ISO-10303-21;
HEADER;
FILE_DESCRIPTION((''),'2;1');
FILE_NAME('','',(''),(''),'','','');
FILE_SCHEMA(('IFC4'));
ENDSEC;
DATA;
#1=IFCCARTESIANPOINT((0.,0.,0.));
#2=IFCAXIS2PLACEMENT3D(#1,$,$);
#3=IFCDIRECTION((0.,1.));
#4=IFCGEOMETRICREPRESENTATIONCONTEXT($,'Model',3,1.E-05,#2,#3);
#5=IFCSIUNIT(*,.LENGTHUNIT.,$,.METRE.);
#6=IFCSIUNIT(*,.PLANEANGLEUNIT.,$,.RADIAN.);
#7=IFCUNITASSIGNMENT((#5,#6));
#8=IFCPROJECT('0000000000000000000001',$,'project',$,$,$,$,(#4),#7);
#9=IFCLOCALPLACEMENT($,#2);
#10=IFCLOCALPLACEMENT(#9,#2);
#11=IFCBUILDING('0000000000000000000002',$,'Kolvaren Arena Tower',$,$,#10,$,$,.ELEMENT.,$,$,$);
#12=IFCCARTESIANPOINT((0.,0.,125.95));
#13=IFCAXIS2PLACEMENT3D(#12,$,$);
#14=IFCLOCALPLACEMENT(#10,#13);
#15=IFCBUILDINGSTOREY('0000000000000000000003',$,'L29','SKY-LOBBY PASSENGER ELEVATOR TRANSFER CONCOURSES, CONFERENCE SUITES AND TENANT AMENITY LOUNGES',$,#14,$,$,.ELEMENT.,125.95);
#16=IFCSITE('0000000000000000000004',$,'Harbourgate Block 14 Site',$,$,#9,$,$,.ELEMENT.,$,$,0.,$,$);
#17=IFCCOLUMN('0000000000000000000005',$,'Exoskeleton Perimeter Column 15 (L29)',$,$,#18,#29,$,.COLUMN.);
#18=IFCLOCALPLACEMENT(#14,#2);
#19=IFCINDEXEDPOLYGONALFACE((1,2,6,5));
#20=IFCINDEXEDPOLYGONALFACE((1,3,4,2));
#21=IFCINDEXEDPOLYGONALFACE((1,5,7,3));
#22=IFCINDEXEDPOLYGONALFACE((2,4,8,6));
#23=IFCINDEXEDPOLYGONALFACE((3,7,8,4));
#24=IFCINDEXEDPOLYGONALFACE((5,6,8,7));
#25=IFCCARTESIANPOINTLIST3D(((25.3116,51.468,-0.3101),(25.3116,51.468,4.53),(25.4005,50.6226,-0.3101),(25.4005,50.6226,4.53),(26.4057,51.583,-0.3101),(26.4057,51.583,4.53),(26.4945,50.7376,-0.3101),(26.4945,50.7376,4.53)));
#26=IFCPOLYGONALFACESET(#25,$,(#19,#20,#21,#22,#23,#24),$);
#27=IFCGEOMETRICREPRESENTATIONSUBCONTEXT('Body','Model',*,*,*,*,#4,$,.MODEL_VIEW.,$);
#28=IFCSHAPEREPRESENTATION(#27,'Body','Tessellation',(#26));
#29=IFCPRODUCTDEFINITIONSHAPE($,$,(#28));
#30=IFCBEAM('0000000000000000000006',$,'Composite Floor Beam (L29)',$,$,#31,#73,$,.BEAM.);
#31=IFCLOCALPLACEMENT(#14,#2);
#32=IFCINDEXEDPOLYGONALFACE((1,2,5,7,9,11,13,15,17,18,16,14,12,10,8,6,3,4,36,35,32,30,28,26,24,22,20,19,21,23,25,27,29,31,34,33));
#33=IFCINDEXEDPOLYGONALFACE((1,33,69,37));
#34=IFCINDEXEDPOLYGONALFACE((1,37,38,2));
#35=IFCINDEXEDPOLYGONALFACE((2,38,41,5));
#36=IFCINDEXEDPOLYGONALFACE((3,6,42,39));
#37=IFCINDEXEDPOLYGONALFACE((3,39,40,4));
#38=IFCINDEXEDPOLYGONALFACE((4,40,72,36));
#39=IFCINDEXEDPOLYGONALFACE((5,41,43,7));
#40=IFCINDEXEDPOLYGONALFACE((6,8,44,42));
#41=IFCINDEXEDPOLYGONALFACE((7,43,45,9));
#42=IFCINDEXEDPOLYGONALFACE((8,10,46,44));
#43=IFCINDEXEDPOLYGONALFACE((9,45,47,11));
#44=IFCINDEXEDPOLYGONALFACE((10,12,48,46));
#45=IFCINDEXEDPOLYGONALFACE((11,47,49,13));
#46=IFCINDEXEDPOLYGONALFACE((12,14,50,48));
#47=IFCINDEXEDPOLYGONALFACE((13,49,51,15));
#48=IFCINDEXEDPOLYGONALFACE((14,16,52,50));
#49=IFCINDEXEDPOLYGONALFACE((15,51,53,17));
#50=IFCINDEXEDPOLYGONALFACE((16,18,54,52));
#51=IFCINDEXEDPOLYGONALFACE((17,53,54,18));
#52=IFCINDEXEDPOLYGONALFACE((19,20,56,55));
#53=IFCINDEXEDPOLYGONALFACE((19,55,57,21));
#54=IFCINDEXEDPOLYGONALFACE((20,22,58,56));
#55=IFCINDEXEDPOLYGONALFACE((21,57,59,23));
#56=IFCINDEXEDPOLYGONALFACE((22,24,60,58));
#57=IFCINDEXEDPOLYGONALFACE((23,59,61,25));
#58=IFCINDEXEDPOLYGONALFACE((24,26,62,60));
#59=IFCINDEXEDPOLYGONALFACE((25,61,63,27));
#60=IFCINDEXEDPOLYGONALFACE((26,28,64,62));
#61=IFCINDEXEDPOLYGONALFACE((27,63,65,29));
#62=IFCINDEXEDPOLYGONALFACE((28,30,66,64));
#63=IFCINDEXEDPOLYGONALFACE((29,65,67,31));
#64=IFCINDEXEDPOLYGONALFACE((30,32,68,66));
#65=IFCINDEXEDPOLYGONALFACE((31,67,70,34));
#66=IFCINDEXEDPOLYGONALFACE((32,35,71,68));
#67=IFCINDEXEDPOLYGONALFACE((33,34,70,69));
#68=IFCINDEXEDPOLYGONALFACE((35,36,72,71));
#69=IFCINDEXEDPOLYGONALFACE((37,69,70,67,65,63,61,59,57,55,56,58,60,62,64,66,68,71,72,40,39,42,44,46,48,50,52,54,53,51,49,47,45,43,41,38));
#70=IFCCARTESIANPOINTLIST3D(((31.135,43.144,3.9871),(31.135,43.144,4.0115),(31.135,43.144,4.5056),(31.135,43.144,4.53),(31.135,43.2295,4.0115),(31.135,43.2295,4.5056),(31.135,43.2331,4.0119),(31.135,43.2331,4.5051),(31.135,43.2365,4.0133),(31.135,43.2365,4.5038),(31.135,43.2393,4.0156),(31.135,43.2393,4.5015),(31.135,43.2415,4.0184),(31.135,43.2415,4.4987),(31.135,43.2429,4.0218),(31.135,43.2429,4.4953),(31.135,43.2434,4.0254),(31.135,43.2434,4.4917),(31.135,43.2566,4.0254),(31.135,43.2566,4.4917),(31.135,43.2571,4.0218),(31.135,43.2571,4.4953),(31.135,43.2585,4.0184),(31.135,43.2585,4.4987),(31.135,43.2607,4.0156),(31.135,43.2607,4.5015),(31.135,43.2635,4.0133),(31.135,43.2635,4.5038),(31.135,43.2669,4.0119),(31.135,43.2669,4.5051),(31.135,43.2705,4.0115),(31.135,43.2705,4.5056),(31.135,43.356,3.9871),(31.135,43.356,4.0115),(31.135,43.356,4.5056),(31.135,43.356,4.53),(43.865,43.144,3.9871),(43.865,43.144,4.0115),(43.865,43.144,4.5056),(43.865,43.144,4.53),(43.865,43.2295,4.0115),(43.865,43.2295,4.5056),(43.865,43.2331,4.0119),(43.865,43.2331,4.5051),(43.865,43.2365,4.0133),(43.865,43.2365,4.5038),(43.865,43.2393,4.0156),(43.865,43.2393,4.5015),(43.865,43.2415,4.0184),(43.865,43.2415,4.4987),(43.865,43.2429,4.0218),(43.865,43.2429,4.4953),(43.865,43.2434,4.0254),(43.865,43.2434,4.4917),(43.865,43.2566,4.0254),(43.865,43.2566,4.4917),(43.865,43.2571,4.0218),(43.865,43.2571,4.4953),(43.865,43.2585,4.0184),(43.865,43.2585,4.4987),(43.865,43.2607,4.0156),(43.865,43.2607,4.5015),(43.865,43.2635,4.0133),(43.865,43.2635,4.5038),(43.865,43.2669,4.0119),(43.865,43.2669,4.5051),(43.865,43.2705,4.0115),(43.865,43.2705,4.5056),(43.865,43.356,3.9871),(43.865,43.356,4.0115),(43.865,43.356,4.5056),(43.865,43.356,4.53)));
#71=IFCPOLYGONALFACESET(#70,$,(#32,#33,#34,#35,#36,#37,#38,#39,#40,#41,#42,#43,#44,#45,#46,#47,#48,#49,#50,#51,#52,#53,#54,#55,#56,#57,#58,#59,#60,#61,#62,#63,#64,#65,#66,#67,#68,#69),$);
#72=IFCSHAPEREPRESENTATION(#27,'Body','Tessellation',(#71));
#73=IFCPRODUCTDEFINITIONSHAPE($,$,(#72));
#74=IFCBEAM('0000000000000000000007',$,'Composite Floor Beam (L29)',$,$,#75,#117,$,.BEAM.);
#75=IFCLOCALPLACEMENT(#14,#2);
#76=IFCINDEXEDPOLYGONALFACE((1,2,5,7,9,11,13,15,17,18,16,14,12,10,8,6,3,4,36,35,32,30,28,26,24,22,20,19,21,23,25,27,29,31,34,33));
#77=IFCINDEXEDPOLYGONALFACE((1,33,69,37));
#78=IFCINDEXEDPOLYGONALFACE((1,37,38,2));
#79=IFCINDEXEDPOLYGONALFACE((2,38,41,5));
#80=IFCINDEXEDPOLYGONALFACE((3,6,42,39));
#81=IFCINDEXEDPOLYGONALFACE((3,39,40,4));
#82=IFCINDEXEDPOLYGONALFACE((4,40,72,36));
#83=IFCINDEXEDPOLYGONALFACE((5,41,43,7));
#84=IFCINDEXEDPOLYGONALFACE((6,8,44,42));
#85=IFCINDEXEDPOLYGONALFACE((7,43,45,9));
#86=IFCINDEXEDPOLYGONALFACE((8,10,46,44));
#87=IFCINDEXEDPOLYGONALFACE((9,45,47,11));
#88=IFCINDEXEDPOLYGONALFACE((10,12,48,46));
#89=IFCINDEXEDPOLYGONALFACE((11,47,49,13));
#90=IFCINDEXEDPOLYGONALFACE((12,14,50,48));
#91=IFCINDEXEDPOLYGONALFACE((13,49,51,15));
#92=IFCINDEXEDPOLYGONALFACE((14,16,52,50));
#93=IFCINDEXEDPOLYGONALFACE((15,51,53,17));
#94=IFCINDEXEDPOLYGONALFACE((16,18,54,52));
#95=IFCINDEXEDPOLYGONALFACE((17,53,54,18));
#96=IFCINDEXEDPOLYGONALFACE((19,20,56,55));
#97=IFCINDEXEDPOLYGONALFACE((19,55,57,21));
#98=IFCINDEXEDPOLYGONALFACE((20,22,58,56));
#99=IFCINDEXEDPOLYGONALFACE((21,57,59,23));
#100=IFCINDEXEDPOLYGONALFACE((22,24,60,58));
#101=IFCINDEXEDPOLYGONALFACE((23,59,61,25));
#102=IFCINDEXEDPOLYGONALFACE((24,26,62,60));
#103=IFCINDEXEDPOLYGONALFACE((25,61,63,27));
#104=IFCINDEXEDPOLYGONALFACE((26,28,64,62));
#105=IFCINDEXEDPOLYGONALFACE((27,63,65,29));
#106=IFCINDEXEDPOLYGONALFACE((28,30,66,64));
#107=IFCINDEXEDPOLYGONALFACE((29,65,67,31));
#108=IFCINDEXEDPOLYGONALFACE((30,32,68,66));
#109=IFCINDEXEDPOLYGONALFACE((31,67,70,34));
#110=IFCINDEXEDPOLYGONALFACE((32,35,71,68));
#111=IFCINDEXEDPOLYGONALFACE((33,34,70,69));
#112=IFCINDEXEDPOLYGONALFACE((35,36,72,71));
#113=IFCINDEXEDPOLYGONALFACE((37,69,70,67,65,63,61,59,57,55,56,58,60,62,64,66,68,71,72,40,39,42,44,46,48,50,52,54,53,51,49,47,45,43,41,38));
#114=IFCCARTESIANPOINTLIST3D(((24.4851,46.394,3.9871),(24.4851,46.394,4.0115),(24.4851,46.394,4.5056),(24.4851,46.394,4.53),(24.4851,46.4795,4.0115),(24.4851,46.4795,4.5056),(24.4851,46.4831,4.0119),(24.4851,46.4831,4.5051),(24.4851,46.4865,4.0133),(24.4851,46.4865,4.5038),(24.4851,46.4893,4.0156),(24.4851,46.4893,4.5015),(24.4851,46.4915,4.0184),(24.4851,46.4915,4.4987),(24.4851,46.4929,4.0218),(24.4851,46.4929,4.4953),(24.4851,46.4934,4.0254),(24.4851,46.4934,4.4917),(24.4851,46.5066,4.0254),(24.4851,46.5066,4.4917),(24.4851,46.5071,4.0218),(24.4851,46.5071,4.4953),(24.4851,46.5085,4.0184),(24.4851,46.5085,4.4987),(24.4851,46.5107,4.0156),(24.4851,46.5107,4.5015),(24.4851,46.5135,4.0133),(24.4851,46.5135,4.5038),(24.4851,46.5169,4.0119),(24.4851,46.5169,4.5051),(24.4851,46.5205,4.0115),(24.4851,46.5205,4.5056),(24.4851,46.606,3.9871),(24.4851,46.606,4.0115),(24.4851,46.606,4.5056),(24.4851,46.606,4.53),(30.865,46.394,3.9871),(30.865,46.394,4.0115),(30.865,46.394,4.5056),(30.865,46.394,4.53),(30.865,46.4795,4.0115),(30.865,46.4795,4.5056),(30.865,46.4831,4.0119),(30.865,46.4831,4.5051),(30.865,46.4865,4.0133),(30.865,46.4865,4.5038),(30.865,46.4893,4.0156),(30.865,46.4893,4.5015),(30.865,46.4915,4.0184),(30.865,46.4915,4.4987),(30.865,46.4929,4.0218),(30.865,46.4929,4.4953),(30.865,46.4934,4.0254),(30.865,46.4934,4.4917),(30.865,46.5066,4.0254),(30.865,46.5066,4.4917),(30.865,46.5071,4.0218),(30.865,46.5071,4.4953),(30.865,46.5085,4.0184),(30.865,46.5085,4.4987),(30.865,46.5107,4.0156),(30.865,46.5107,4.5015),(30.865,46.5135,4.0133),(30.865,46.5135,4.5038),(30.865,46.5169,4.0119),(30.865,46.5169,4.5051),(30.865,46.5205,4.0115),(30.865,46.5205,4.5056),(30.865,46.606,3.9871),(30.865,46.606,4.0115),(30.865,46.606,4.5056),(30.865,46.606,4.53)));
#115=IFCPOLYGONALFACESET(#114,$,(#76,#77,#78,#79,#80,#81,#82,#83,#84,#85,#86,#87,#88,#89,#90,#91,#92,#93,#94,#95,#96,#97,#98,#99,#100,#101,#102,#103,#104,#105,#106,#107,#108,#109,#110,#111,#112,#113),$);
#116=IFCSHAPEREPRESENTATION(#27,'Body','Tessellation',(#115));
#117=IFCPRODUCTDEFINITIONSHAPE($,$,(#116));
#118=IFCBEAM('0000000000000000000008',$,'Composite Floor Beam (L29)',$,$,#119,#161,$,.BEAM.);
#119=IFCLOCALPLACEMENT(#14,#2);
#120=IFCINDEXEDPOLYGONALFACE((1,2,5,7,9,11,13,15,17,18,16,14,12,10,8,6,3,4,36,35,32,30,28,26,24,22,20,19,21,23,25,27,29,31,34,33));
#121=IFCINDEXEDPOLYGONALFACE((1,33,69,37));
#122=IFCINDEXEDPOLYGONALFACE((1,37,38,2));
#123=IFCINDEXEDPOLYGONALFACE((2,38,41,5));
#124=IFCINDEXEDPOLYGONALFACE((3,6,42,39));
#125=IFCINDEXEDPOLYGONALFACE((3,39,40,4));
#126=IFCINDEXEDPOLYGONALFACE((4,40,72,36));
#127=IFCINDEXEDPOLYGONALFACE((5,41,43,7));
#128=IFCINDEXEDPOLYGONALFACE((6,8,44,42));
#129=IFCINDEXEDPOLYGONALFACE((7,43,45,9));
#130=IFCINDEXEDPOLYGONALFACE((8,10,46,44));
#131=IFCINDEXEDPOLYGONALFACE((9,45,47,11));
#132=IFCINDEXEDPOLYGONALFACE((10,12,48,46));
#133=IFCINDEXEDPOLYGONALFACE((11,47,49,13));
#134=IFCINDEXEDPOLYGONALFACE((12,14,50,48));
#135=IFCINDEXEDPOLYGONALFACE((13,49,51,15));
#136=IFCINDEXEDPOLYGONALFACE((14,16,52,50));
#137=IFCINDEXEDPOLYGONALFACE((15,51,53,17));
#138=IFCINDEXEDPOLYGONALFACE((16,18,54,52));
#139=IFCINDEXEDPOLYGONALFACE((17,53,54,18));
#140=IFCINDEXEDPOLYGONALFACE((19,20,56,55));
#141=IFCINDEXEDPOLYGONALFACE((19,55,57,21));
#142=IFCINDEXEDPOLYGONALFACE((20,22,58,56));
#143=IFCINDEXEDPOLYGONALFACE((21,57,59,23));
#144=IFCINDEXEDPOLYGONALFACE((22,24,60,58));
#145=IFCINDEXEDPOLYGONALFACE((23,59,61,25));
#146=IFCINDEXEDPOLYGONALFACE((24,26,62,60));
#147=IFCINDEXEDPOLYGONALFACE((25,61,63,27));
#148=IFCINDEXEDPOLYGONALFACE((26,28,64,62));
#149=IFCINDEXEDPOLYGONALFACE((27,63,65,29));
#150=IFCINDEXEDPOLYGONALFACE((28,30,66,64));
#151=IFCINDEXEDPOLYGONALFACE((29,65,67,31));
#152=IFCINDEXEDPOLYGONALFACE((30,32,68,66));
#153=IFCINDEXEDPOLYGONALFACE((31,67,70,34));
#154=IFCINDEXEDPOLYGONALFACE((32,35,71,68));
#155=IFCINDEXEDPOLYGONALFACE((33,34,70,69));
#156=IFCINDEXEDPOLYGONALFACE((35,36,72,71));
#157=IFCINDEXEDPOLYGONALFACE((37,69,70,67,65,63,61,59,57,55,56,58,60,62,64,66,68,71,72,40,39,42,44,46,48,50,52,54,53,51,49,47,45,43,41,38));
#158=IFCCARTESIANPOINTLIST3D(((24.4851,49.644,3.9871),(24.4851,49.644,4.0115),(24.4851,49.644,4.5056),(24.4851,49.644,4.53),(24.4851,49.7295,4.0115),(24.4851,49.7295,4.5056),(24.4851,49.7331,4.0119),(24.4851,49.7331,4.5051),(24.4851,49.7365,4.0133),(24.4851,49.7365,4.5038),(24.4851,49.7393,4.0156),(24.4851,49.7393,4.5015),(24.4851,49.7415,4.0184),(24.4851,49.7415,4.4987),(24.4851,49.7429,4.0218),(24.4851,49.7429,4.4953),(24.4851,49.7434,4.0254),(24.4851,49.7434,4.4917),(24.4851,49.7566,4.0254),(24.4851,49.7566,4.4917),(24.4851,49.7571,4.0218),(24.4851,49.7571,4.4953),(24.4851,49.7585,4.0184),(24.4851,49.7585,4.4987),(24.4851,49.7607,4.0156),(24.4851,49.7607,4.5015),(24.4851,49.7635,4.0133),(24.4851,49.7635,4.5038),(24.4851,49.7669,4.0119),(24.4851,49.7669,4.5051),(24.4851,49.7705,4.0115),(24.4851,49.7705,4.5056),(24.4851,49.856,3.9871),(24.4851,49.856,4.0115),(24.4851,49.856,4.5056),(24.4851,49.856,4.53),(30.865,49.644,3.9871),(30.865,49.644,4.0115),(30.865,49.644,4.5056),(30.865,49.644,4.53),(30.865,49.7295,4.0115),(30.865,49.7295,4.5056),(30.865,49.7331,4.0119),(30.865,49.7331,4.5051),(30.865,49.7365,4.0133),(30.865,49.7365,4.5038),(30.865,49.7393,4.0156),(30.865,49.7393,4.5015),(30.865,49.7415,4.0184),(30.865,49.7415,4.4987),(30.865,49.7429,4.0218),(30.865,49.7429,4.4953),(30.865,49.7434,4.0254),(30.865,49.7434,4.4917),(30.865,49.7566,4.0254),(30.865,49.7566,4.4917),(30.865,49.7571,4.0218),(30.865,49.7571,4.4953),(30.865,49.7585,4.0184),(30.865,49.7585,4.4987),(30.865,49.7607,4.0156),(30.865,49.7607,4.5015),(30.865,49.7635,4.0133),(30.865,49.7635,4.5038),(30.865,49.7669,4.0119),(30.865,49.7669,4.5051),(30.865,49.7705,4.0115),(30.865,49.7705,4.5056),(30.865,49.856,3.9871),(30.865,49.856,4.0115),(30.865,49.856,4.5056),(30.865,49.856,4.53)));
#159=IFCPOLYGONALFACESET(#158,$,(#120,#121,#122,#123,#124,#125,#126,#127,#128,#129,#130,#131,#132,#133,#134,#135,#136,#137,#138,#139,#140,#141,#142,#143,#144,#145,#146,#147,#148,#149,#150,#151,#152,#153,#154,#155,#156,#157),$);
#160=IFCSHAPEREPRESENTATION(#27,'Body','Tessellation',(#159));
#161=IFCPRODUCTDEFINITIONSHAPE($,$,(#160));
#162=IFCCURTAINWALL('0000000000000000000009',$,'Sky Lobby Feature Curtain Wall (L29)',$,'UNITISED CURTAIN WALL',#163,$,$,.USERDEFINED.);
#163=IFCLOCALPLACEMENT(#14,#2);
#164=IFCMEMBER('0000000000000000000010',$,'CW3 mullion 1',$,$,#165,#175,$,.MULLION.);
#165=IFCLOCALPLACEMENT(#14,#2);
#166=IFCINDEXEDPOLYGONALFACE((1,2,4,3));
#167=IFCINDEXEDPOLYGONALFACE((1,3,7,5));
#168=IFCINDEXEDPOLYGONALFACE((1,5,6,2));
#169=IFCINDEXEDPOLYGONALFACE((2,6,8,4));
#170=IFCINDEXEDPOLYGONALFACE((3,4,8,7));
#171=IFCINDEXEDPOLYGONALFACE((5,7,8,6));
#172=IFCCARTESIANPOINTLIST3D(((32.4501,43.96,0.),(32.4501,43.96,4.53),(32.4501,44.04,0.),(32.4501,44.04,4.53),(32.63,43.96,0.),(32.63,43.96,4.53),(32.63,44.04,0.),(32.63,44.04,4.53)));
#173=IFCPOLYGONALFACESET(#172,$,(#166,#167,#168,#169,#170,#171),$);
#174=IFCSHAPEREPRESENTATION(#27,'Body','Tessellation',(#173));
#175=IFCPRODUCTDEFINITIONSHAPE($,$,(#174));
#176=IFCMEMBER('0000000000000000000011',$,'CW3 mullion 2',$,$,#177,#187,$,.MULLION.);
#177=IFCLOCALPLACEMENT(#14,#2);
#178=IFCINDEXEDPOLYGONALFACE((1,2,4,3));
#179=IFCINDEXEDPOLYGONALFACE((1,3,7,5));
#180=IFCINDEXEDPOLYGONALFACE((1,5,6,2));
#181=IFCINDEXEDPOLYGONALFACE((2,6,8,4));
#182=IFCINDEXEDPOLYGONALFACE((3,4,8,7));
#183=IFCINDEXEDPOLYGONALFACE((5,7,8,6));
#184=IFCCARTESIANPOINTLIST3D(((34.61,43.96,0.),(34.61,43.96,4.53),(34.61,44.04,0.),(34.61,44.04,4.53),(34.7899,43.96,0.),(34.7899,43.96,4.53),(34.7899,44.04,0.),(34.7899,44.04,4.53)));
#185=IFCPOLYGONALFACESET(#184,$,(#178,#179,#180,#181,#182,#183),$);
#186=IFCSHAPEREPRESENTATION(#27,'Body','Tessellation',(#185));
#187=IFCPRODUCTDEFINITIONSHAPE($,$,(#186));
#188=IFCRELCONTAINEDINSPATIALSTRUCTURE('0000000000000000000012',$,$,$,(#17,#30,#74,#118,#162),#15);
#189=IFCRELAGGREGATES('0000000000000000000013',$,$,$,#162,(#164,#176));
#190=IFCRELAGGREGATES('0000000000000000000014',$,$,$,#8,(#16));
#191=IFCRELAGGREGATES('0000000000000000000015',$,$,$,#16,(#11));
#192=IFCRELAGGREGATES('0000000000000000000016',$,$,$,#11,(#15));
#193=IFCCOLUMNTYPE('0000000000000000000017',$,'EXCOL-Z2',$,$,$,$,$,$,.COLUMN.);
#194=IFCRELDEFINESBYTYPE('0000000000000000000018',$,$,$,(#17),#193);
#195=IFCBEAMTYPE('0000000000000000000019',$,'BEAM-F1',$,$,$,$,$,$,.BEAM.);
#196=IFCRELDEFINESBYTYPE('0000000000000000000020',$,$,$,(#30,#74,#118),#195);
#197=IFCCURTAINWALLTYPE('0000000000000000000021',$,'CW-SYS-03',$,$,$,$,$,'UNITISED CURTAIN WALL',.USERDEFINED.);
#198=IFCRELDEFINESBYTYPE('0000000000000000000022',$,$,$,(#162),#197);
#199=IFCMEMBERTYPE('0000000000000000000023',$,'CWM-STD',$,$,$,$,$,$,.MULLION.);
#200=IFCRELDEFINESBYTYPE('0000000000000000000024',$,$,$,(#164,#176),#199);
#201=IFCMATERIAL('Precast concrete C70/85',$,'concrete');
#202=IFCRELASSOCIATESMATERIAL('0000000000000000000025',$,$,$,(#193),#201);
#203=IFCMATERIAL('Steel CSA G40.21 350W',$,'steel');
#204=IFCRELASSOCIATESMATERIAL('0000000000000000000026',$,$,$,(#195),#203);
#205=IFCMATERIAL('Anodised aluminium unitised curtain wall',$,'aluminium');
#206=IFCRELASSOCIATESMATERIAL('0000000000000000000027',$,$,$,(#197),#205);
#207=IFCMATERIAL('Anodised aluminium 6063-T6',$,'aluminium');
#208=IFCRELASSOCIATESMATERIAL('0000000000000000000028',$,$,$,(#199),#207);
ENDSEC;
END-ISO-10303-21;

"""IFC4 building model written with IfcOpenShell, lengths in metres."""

from ifc_helpers import new_model, si_unit, direction, frame, origin, origin_2d, place, context, subcontext, project, spatial, rectangle, i_section, extrude, material, material_profile, profile_set, type_object, element, aggregate, save


model = new_model("IFC4")

# Units and contexts
model_context = context("Model", 3, precision=1e-05, world=origin(), true_north=direction((0.0, 1.0)))
body_context = subcontext(model_context, "Body", "Model", "MODEL_VIEW")
ifc_project = project(units=[si_unit("LENGTHUNIT", "METRE"), si_unit("PLANEANGLEUNIT", "RADIAN")], contexts=[model_context])

# Site, building, storey
site_placement = place(None, origin())
site = spatial("IfcSite", under=ifc_project, at=site_placement, Name="Harbourgate Block 14 Site", CompositionType="ELEMENT", RefElevation=0.0)
building_placement = place(site_placement, origin())
building = spatial("IfcBuilding", under=site, at=building_placement, Name="Kolvaren Arena Tower", CompositionType="ELEMENT")
storey_placement = place(building_placement, frame((0.0, 0.0, 125.95)))
storey = spatial("IfcBuildingStorey", under=building, at=storey_placement, Name="L29", Description="SKY-LOBBY PASSENGER ELEVATOR TRANSFER CONCOURSES, CONFERENCE SUITES AND TENANT AMENITY LOUNGES", CompositionType="ELEMENT", Elevation=125.95)

# Column
ifc_material_1 = material(Name="Precast concrete C70/85", Category="concrete")
ifc_material_profile_1 = material_profile(ifc_material_1, rectangle(XDim=1.1001, YDim=0.8501, at=origin_2d()), Name="RC-1100x850")
ifc_profile_set_1 = profile_set([ifc_material_profile_1], Name="Precast concrete C70/85")
column_type = type_object("IfcColumnType", Name="EXCOL-Z2", PredefinedType="COLUMN", material=ifc_profile_set_1)
column_placement = place(storey_placement, frame((25.9031, 51.1028, -0.3101), z_axis=(0.0, 0.0, 1.0), x_axis=(0.994522, 0.104528, 0.0)))
element("IfcColumn", 1, at=column_placement, inside=storey, type_object=column_type, Name="Exoskeleton Perimeter Column 15 (L29)", PredefinedType="COLUMN", context=body_context, shape_type="SweptSolid", body=[
    extrude(rectangle(XDim=1.1001, YDim=0.8501, at=origin_2d()), origin(), (0.0, 0.0, 1.0), 4.8401),
])

# Beams
ifc_material_2 = material(Name="Steel CSA G40.21 350W", Category="steel")
ifc_material_profile_2 = material_profile(ifc_material_2, i_section(OverallWidth=0.2119, OverallDepth=0.543, WebThickness=0.0132, FlangeThickness=0.0244, FilletRadius=0.0139, at=origin_2d()), Name="W530x150")
ifc_profile_set_2 = profile_set([ifc_material_profile_2], Name="Steel CSA G40.21 350W")
beam_type_1 = type_object("IfcBeamType", Name="BEAM-F1", PredefinedType="BEAM", material=ifc_profile_set_2)
beam_1_placement = place(storey_placement, frame((31.135, 43.25, 4.2585), z_axis=(1.0, 0.0, 0.0), x_axis=(0.0, 1.0, 0.0)))
element("IfcBeam", 2, at=beam_1_placement, inside=storey, type_object=beam_type_1, Name="Composite Floor Beam (L29)", PredefinedType="BEAM", context=body_context, shape_type="SweptSolid", body=[
    extrude(i_section(OverallWidth=0.2119, OverallDepth=0.543, WebThickness=0.0132, FlangeThickness=0.0244, FilletRadius=0.0139, at=origin_2d()), origin(), (0.0, 0.0, 1.0), 12.73),
])
for number, where, z_axis, x_axis, name in (
    (3, (24.4851, 46.5, 4.2585), (1.0, 0.0, 0.0), (0.0, 1.0, 0.0), "Composite Floor Beam (L29)"),
    (4, (24.4851, 49.75, 4.2585), (1.0, 0.0, 0.0), (0.0, 1.0, 0.0), "Composite Floor Beam (L29)"),
):
    element("IfcBeam", number, at=place(storey_placement, frame(where, z_axis=z_axis, x_axis=x_axis)), inside=storey, type_object=beam_type_1, Name=name, PredefinedType="BEAM", context=body_context, shape_type="SweptSolid", body=[
        extrude(i_section(OverallWidth=0.2119, OverallDepth=0.543, WebThickness=0.0132, FlangeThickness=0.0244, FilletRadius=0.0139, at=origin_2d()), origin(), (0.0, 0.0, 1.0), 6.3799),
    ])

# Curtain wall, members
ifc_material_3 = material(Name="Anodised aluminium unitised curtain wall", Category="aluminium")
curtain_wall_type = type_object("IfcCurtainWallType", Name="CW-SYS-03", ElementType="UNITISED CURTAIN WALL", PredefinedType="USERDEFINED", material=ifc_material_3)
curtain_wall_placement = place(storey_placement, origin())
curtain_wall = element("IfcCurtainWall", 5, at=curtain_wall_placement, inside=storey, type_object=curtain_wall_type, Name="Sky Lobby Feature Curtain Wall (L29)", ObjectType="UNITISED CURTAIN WALL", PredefinedType="USERDEFINED")
ifc_material_4 = material(Name="Anodised aluminium 6063-T6", Category="aluminium")
ifc_material_profile_3 = material_profile(ifc_material_4, rectangle(XDim=0.0801, YDim=0.1799, at=origin_2d()), Name="ALU-80x180")
ifc_profile_set_3 = profile_set([ifc_material_profile_3], Name="Anodised aluminium 6063-T6")
member_type_1 = type_object("IfcMemberType", Name="CWM-STD", PredefinedType="MULLION", material=ifc_profile_set_3)
member_1_placement = place(storey_placement, frame((32.54, 44.0, 0.0), z_axis=(0.0, 0.0, 1.0), x_axis=(0.0, 1.0, 0.0)))
member_1 = element("IfcMember", 6, at=member_1_placement, type_object=member_type_1, Name="CW3 mullion 1", PredefinedType="MULLION", context=body_context, shape_type="SweptSolid", body=[
    extrude(rectangle(XDim=0.0801, YDim=0.1799, at=origin_2d()), origin(), (0.0, 0.0, 1.0), 4.53),
])
member_2_placement = place(storey_placement, frame((34.7, 44.0, 0.0), z_axis=(0.0, 0.0, 1.0), x_axis=(0.0, 1.0, 0.0)))
member_2 = element("IfcMember", 7, at=member_2_placement, type_object=member_type_1, Name="CW3 mullion 2", PredefinedType="MULLION", context=body_context, shape_type="SweptSolid", body=[
    extrude(rectangle(XDim=0.0801, YDim=0.1799, at=origin_2d()), origin(), (0.0, 0.0, 1.0), 4.53),
])

aggregate(curtain_wall, [member_1, member_2])

save(model, "model.ifc")
